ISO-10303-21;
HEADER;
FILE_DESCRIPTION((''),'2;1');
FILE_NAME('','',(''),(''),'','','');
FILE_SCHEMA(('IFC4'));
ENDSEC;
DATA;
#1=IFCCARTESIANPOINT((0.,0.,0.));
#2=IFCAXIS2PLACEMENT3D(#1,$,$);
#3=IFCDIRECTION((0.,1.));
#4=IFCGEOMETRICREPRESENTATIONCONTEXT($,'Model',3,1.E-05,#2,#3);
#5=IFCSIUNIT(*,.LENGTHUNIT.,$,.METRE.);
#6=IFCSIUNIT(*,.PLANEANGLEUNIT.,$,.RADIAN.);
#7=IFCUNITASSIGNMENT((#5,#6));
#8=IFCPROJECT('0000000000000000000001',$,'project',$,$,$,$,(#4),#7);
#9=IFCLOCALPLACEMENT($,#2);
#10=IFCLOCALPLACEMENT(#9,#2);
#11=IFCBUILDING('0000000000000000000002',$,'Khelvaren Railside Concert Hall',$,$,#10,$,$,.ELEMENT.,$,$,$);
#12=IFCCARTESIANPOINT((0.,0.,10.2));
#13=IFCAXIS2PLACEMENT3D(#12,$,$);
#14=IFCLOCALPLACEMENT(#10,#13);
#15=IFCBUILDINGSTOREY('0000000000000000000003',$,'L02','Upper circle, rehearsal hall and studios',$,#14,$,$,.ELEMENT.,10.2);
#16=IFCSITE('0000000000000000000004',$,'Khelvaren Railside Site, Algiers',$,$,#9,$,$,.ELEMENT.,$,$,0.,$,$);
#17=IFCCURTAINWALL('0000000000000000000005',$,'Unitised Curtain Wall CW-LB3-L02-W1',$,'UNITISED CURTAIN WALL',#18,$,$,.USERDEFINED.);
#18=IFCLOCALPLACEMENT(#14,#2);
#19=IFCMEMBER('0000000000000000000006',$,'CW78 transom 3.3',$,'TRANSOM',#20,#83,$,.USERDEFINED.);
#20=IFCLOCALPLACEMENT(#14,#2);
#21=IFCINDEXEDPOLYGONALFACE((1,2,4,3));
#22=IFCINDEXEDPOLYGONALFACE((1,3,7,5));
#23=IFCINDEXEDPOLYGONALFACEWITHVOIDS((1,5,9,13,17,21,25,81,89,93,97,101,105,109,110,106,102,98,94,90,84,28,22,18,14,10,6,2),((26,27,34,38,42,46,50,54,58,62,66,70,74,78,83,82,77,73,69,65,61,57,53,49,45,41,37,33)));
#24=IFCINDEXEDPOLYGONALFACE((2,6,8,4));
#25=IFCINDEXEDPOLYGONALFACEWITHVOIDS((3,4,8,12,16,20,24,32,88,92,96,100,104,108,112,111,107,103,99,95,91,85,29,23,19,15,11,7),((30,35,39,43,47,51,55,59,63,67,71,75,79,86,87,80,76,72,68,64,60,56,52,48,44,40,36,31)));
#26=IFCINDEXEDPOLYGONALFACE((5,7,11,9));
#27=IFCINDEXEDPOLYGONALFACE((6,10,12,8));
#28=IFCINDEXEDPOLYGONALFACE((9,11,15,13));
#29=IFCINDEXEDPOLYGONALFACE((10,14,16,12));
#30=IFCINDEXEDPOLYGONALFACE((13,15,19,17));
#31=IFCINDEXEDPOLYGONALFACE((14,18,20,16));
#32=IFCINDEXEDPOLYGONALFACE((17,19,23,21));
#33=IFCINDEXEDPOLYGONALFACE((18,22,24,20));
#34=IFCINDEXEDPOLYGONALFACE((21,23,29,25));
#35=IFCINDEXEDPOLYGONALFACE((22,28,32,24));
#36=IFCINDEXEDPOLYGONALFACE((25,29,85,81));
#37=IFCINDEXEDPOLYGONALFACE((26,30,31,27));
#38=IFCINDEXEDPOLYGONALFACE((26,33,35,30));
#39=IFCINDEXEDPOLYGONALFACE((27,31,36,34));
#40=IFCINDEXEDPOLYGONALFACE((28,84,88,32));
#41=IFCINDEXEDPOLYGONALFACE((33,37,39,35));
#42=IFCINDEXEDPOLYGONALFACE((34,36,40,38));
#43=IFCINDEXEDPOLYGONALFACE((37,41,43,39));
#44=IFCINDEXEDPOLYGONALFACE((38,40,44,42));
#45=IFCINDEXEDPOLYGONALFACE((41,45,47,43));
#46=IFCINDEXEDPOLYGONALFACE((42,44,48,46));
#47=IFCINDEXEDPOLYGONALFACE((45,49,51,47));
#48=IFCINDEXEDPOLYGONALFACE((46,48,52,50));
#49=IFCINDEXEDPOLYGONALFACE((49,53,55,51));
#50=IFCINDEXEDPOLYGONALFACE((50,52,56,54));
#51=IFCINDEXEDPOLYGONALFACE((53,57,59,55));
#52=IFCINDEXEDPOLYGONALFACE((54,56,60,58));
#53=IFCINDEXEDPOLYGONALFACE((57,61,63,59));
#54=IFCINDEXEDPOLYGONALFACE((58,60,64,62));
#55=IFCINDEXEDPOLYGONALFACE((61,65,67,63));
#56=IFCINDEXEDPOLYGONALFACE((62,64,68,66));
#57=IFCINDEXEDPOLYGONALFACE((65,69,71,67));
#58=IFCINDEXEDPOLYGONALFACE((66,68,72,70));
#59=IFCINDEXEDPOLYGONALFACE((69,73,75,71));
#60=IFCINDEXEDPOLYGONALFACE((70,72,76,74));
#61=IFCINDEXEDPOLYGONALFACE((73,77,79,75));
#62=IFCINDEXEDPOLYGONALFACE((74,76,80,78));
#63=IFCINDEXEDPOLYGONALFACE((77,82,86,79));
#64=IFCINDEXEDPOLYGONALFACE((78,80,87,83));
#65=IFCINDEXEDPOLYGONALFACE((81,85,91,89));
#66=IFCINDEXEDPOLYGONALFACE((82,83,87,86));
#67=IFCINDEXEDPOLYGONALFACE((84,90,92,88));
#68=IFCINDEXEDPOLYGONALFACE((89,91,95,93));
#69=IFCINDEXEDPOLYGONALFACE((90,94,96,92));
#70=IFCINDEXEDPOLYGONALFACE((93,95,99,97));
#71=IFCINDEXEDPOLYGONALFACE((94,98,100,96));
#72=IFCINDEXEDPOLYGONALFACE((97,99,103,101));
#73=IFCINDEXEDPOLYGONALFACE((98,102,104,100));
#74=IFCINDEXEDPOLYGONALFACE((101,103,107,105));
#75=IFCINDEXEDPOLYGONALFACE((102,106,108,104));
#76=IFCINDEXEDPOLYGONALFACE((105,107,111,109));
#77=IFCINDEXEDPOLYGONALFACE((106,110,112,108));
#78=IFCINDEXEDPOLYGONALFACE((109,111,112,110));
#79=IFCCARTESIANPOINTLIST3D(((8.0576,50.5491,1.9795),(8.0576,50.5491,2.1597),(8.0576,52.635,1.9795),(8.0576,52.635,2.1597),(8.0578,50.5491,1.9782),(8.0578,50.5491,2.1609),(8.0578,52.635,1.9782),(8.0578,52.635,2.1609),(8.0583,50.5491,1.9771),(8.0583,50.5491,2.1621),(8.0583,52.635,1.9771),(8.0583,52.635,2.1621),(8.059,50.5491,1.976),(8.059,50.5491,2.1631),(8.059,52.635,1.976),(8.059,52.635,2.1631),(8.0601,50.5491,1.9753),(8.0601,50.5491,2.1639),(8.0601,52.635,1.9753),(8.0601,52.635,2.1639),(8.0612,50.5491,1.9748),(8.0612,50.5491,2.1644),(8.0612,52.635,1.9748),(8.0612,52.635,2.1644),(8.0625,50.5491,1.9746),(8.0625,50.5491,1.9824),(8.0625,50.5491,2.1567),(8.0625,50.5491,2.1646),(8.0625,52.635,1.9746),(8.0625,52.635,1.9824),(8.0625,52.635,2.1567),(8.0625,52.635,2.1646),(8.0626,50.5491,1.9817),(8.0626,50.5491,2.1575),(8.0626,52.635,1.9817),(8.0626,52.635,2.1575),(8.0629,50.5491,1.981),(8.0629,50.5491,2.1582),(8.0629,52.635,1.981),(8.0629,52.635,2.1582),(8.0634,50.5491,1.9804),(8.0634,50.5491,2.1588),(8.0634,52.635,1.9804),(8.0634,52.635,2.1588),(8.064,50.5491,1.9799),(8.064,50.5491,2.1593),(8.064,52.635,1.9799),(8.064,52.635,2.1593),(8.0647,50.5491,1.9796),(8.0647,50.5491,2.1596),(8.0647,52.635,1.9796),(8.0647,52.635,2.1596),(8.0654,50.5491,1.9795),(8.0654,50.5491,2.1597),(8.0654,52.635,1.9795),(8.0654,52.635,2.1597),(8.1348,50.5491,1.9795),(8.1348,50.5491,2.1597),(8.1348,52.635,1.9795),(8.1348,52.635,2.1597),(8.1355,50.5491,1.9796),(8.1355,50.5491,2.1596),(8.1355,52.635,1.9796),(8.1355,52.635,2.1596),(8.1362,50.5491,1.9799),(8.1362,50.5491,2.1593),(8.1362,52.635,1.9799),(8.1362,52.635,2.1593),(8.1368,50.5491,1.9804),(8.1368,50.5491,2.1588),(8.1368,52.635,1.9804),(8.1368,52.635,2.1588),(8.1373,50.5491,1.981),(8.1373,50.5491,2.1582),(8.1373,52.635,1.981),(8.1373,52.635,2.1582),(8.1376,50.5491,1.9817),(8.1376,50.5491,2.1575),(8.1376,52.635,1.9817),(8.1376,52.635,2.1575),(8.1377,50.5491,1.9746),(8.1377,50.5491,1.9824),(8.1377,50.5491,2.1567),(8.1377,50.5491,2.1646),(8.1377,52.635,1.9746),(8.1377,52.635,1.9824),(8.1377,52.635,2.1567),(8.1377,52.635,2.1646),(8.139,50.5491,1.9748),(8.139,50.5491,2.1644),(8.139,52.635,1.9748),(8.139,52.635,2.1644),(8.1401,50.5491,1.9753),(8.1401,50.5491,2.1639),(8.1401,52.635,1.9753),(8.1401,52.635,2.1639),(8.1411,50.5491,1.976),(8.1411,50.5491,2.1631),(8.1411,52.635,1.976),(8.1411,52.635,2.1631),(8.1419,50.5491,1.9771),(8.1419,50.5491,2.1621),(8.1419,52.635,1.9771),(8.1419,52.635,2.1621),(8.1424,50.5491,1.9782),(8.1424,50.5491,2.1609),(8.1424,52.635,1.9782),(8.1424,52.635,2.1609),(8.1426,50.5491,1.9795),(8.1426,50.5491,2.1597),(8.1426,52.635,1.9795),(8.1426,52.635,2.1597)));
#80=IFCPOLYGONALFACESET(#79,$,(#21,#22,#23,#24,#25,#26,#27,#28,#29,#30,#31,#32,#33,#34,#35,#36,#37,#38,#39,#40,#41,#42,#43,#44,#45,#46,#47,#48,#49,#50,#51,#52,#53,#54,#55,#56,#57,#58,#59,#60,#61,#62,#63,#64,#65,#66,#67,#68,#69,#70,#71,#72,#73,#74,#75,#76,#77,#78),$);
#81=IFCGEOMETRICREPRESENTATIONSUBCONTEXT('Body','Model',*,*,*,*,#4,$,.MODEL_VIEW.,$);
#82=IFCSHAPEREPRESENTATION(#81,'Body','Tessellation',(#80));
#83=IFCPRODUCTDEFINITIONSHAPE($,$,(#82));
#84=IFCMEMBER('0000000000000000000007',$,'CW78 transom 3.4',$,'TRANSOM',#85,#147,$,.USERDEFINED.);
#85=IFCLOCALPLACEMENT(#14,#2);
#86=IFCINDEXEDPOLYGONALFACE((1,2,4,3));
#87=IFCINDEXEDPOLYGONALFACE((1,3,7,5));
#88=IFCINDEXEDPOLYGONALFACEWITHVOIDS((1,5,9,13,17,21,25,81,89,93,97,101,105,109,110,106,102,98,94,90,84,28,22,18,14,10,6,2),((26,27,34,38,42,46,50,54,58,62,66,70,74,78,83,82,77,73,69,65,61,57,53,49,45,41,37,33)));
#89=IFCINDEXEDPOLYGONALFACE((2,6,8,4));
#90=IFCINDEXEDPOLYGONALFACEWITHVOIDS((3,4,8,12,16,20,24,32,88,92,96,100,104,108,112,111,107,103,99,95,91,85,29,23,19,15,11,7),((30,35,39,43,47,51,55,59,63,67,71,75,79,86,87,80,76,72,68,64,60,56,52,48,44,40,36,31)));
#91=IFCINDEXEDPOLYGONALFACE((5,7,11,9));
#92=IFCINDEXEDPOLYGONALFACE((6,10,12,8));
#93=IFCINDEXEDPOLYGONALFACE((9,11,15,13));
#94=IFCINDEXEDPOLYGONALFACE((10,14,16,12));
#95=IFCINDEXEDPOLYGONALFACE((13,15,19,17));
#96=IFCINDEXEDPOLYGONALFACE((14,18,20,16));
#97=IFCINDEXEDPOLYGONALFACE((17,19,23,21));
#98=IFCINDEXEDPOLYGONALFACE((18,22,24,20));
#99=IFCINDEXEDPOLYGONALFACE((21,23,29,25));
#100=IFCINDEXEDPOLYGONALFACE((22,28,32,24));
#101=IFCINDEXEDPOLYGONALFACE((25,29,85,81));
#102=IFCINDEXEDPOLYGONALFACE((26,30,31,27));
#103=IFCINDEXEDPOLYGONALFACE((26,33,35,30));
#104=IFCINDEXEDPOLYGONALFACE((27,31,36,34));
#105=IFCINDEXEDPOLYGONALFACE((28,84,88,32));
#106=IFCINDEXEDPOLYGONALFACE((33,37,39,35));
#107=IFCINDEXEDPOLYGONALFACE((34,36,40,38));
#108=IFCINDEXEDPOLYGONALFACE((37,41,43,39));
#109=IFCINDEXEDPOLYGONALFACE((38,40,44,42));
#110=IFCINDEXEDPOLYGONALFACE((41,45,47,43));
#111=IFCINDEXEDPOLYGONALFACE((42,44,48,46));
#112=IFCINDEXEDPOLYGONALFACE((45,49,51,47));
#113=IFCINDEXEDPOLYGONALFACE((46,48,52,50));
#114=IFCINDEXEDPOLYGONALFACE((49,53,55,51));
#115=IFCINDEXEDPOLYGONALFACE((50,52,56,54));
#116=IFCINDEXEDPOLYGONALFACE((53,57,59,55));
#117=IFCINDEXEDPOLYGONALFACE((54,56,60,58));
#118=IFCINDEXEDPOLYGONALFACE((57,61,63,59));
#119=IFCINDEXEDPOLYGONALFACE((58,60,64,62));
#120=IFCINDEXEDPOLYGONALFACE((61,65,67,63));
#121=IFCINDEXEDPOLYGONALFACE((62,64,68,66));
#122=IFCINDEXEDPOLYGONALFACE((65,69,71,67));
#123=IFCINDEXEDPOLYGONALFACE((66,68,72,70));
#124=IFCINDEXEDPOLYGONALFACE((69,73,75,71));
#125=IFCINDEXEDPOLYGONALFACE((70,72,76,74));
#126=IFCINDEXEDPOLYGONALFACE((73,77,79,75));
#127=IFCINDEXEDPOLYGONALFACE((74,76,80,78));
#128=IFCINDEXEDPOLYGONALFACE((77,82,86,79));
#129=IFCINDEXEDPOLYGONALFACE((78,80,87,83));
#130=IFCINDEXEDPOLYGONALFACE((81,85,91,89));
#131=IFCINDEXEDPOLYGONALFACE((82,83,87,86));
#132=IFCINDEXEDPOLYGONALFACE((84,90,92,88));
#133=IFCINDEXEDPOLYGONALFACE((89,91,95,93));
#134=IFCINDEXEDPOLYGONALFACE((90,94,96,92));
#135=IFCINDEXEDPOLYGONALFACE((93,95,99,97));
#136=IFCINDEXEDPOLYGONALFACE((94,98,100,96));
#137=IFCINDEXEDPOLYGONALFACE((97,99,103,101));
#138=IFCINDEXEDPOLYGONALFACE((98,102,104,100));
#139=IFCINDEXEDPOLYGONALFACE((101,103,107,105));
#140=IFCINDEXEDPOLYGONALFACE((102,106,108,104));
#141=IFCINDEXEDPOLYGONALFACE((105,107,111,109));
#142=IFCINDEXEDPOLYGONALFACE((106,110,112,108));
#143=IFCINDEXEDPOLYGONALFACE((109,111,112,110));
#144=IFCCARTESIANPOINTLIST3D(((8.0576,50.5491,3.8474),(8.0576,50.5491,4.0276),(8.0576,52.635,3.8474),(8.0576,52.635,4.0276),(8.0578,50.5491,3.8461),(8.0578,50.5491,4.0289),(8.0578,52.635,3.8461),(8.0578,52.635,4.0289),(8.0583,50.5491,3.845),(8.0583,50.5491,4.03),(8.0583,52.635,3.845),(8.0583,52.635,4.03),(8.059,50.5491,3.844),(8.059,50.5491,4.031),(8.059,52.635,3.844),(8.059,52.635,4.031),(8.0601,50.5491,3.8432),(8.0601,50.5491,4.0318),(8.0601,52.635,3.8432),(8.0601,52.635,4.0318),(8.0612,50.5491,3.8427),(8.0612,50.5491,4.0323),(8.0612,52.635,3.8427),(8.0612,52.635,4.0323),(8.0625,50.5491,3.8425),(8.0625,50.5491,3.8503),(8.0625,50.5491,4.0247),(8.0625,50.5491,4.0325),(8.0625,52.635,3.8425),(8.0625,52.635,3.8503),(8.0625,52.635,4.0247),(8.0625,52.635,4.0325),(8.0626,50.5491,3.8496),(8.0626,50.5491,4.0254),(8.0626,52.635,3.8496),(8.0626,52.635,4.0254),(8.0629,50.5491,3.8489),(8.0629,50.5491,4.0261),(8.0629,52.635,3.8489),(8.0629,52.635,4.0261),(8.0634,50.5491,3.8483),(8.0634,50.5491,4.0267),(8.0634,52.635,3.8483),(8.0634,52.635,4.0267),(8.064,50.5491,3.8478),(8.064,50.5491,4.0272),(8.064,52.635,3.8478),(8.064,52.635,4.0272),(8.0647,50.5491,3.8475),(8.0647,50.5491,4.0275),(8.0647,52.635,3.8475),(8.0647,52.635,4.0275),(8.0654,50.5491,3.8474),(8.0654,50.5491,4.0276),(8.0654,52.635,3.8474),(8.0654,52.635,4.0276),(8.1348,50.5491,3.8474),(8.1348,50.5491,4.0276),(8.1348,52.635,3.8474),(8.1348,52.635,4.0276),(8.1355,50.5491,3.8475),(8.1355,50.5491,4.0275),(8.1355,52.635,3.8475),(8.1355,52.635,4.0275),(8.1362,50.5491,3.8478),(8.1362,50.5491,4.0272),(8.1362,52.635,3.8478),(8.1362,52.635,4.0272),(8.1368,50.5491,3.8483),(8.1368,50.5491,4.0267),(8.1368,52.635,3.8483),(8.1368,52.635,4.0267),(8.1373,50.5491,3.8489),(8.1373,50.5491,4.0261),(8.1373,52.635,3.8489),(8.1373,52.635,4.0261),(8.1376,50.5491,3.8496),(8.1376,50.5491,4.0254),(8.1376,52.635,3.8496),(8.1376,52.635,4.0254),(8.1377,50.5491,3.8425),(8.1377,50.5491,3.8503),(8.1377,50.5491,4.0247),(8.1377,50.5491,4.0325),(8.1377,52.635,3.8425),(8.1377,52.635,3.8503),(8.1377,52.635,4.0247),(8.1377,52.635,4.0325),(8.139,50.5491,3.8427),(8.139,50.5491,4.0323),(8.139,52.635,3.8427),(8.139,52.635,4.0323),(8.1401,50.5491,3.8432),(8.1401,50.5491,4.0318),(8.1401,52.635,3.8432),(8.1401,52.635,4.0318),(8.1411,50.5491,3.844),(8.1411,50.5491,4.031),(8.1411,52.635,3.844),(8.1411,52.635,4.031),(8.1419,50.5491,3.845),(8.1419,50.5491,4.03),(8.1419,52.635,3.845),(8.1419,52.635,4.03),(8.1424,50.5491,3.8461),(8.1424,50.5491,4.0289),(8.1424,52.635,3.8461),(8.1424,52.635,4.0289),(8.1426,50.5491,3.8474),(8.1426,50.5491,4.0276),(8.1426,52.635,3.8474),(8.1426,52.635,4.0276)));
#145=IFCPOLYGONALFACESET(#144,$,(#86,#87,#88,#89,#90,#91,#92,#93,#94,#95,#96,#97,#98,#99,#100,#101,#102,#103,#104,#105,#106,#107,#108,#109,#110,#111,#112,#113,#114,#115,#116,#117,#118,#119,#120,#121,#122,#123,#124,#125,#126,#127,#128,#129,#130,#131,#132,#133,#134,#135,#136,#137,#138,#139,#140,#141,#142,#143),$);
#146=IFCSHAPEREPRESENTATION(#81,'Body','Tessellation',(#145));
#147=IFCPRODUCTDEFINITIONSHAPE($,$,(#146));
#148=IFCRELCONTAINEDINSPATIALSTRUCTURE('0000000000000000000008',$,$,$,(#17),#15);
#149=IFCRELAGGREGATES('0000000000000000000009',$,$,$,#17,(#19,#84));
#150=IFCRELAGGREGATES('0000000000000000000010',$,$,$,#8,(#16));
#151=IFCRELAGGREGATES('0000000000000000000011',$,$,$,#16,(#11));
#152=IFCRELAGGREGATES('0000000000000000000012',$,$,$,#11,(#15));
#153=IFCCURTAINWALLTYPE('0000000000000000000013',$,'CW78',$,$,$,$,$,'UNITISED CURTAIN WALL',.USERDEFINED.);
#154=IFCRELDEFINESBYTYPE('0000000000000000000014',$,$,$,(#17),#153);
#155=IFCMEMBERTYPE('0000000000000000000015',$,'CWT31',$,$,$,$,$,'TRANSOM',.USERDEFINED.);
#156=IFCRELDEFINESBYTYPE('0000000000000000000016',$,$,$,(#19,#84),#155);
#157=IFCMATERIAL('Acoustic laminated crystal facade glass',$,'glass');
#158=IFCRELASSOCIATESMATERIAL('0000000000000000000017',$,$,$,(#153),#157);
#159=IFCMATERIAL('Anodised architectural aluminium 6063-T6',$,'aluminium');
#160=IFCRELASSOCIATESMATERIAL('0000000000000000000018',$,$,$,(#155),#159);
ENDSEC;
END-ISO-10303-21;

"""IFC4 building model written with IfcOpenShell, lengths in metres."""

from ifc_helpers import new_model, si_unit, direction, frame, origin, origin_2d, place, context, subcontext, project, spatial, hollow_rectangle, extrude, material, material_profile, profile_set, type_object, element, aggregate, save


model = new_model("IFC4")

# Units and contexts
model_context = context("Model", 3, precision=1e-05, world=origin(), true_north=direction((0.0, 1.0)))
body_context = subcontext(model_context, "Body", "Model", "MODEL_VIEW")
ifc_project = project(units=[si_unit("LENGTHUNIT", "METRE"), si_unit("PLANEANGLEUNIT", "RADIAN")], contexts=[model_context])

# Site, building, storey
site_placement = place(None, origin())
site = spatial("IfcSite", under=ifc_project, at=site_placement, Name="Khelvaren Railside Site, Algiers", CompositionType="ELEMENT", RefElevation=0.0)
building_placement = place(site_placement, origin())
building = spatial("IfcBuilding", under=site, at=building_placement, Name="Khelvaren Railside Concert Hall", CompositionType="ELEMENT")
storey_placement = place(building_placement, frame((0.0, 0.0, 10.2)))
storey = spatial("IfcBuildingStorey", under=building, at=storey_placement, Name="L02", Description="Upper circle, rehearsal hall and studios", CompositionType="ELEMENT", Elevation=10.2)

# Curtain wall
ifc_material_1 = material(Name="Acoustic laminated crystal facade glass", Category="glass")
curtain_wall_type = type_object("IfcCurtainWallType", Name="CW78", ElementType="UNITISED CURTAIN WALL", PredefinedType="USERDEFINED", material=ifc_material_1)
curtain_wall_1_placement = place(storey_placement, origin())
curtain_wall_1 = element("IfcCurtainWall", 1, at=curtain_wall_1_placement, inside=storey, type_object=curtain_wall_type, Name="Unitised Curtain Wall CW-LB3-L02-W1", ObjectType="UNITISED CURTAIN WALL", PredefinedType="USERDEFINED")
ifc_material_2 = material(Name="Anodised architectural aluminium 6063-T6", Category="aluminium")

# Members
ifc_material_profile_1 = material_profile(ifc_material_2, hollow_rectangle(XDim=0.085, YDim=0.1899, WallThickness=0.0049, InnerFilletRadius=0.0029, OuterFilletRadius=0.0049, at=origin_2d()), Name="CWT 85x190x5")
ifc_profile_set_1 = profile_set([ifc_material_profile_1], Name="Anodised architectural aluminium 6063-T6")
member_type_1 = type_object("IfcMemberType", Name="CWT31", ElementType="TRANSOM", PredefinedType="USERDEFINED", material=ifc_profile_set_1)
member_1_placement = place(storey_placement, frame((8.1001, 50.5491, 2.0696), z_axis=(0.0, 1.0, 0.0), x_axis=(-1.0, 0.0, 0.0)))
member_1 = element("IfcMember", 2, at=member_1_placement, type_object=member_type_1, Name="CW78 transom 3.3", ObjectType="TRANSOM", PredefinedType="USERDEFINED", context=body_context, shape_type="SweptSolid", body=[
    extrude(hollow_rectangle(XDim=0.085, YDim=0.1899, WallThickness=0.0049, InnerFilletRadius=0.0029, OuterFilletRadius=0.0049, at=origin_2d()), origin(), (0.0, 0.0, 1.0), 2.0859),
])
member_2_placement = place(storey_placement, frame((8.1001, 50.5491, 3.9375), z_axis=(0.0, 1.0, 0.0), x_axis=(-1.0, 0.0, 0.0)))
member_2 = element("IfcMember", 3, at=member_2_placement, type_object=member_type_1, Name="CW78 transom 3.4", ObjectType="TRANSOM", PredefinedType="USERDEFINED", context=body_context, shape_type="SweptSolid", body=[
    extrude(hollow_rectangle(XDim=0.085, YDim=0.1899, WallThickness=0.0049, InnerFilletRadius=0.0029, OuterFilletRadius=0.0049, at=origin_2d()), origin(), (0.0, 0.0, 1.0), 2.0859),
])

aggregate(curtain_wall_1, [member_1, member_2])

save(model, "model.ifc")
